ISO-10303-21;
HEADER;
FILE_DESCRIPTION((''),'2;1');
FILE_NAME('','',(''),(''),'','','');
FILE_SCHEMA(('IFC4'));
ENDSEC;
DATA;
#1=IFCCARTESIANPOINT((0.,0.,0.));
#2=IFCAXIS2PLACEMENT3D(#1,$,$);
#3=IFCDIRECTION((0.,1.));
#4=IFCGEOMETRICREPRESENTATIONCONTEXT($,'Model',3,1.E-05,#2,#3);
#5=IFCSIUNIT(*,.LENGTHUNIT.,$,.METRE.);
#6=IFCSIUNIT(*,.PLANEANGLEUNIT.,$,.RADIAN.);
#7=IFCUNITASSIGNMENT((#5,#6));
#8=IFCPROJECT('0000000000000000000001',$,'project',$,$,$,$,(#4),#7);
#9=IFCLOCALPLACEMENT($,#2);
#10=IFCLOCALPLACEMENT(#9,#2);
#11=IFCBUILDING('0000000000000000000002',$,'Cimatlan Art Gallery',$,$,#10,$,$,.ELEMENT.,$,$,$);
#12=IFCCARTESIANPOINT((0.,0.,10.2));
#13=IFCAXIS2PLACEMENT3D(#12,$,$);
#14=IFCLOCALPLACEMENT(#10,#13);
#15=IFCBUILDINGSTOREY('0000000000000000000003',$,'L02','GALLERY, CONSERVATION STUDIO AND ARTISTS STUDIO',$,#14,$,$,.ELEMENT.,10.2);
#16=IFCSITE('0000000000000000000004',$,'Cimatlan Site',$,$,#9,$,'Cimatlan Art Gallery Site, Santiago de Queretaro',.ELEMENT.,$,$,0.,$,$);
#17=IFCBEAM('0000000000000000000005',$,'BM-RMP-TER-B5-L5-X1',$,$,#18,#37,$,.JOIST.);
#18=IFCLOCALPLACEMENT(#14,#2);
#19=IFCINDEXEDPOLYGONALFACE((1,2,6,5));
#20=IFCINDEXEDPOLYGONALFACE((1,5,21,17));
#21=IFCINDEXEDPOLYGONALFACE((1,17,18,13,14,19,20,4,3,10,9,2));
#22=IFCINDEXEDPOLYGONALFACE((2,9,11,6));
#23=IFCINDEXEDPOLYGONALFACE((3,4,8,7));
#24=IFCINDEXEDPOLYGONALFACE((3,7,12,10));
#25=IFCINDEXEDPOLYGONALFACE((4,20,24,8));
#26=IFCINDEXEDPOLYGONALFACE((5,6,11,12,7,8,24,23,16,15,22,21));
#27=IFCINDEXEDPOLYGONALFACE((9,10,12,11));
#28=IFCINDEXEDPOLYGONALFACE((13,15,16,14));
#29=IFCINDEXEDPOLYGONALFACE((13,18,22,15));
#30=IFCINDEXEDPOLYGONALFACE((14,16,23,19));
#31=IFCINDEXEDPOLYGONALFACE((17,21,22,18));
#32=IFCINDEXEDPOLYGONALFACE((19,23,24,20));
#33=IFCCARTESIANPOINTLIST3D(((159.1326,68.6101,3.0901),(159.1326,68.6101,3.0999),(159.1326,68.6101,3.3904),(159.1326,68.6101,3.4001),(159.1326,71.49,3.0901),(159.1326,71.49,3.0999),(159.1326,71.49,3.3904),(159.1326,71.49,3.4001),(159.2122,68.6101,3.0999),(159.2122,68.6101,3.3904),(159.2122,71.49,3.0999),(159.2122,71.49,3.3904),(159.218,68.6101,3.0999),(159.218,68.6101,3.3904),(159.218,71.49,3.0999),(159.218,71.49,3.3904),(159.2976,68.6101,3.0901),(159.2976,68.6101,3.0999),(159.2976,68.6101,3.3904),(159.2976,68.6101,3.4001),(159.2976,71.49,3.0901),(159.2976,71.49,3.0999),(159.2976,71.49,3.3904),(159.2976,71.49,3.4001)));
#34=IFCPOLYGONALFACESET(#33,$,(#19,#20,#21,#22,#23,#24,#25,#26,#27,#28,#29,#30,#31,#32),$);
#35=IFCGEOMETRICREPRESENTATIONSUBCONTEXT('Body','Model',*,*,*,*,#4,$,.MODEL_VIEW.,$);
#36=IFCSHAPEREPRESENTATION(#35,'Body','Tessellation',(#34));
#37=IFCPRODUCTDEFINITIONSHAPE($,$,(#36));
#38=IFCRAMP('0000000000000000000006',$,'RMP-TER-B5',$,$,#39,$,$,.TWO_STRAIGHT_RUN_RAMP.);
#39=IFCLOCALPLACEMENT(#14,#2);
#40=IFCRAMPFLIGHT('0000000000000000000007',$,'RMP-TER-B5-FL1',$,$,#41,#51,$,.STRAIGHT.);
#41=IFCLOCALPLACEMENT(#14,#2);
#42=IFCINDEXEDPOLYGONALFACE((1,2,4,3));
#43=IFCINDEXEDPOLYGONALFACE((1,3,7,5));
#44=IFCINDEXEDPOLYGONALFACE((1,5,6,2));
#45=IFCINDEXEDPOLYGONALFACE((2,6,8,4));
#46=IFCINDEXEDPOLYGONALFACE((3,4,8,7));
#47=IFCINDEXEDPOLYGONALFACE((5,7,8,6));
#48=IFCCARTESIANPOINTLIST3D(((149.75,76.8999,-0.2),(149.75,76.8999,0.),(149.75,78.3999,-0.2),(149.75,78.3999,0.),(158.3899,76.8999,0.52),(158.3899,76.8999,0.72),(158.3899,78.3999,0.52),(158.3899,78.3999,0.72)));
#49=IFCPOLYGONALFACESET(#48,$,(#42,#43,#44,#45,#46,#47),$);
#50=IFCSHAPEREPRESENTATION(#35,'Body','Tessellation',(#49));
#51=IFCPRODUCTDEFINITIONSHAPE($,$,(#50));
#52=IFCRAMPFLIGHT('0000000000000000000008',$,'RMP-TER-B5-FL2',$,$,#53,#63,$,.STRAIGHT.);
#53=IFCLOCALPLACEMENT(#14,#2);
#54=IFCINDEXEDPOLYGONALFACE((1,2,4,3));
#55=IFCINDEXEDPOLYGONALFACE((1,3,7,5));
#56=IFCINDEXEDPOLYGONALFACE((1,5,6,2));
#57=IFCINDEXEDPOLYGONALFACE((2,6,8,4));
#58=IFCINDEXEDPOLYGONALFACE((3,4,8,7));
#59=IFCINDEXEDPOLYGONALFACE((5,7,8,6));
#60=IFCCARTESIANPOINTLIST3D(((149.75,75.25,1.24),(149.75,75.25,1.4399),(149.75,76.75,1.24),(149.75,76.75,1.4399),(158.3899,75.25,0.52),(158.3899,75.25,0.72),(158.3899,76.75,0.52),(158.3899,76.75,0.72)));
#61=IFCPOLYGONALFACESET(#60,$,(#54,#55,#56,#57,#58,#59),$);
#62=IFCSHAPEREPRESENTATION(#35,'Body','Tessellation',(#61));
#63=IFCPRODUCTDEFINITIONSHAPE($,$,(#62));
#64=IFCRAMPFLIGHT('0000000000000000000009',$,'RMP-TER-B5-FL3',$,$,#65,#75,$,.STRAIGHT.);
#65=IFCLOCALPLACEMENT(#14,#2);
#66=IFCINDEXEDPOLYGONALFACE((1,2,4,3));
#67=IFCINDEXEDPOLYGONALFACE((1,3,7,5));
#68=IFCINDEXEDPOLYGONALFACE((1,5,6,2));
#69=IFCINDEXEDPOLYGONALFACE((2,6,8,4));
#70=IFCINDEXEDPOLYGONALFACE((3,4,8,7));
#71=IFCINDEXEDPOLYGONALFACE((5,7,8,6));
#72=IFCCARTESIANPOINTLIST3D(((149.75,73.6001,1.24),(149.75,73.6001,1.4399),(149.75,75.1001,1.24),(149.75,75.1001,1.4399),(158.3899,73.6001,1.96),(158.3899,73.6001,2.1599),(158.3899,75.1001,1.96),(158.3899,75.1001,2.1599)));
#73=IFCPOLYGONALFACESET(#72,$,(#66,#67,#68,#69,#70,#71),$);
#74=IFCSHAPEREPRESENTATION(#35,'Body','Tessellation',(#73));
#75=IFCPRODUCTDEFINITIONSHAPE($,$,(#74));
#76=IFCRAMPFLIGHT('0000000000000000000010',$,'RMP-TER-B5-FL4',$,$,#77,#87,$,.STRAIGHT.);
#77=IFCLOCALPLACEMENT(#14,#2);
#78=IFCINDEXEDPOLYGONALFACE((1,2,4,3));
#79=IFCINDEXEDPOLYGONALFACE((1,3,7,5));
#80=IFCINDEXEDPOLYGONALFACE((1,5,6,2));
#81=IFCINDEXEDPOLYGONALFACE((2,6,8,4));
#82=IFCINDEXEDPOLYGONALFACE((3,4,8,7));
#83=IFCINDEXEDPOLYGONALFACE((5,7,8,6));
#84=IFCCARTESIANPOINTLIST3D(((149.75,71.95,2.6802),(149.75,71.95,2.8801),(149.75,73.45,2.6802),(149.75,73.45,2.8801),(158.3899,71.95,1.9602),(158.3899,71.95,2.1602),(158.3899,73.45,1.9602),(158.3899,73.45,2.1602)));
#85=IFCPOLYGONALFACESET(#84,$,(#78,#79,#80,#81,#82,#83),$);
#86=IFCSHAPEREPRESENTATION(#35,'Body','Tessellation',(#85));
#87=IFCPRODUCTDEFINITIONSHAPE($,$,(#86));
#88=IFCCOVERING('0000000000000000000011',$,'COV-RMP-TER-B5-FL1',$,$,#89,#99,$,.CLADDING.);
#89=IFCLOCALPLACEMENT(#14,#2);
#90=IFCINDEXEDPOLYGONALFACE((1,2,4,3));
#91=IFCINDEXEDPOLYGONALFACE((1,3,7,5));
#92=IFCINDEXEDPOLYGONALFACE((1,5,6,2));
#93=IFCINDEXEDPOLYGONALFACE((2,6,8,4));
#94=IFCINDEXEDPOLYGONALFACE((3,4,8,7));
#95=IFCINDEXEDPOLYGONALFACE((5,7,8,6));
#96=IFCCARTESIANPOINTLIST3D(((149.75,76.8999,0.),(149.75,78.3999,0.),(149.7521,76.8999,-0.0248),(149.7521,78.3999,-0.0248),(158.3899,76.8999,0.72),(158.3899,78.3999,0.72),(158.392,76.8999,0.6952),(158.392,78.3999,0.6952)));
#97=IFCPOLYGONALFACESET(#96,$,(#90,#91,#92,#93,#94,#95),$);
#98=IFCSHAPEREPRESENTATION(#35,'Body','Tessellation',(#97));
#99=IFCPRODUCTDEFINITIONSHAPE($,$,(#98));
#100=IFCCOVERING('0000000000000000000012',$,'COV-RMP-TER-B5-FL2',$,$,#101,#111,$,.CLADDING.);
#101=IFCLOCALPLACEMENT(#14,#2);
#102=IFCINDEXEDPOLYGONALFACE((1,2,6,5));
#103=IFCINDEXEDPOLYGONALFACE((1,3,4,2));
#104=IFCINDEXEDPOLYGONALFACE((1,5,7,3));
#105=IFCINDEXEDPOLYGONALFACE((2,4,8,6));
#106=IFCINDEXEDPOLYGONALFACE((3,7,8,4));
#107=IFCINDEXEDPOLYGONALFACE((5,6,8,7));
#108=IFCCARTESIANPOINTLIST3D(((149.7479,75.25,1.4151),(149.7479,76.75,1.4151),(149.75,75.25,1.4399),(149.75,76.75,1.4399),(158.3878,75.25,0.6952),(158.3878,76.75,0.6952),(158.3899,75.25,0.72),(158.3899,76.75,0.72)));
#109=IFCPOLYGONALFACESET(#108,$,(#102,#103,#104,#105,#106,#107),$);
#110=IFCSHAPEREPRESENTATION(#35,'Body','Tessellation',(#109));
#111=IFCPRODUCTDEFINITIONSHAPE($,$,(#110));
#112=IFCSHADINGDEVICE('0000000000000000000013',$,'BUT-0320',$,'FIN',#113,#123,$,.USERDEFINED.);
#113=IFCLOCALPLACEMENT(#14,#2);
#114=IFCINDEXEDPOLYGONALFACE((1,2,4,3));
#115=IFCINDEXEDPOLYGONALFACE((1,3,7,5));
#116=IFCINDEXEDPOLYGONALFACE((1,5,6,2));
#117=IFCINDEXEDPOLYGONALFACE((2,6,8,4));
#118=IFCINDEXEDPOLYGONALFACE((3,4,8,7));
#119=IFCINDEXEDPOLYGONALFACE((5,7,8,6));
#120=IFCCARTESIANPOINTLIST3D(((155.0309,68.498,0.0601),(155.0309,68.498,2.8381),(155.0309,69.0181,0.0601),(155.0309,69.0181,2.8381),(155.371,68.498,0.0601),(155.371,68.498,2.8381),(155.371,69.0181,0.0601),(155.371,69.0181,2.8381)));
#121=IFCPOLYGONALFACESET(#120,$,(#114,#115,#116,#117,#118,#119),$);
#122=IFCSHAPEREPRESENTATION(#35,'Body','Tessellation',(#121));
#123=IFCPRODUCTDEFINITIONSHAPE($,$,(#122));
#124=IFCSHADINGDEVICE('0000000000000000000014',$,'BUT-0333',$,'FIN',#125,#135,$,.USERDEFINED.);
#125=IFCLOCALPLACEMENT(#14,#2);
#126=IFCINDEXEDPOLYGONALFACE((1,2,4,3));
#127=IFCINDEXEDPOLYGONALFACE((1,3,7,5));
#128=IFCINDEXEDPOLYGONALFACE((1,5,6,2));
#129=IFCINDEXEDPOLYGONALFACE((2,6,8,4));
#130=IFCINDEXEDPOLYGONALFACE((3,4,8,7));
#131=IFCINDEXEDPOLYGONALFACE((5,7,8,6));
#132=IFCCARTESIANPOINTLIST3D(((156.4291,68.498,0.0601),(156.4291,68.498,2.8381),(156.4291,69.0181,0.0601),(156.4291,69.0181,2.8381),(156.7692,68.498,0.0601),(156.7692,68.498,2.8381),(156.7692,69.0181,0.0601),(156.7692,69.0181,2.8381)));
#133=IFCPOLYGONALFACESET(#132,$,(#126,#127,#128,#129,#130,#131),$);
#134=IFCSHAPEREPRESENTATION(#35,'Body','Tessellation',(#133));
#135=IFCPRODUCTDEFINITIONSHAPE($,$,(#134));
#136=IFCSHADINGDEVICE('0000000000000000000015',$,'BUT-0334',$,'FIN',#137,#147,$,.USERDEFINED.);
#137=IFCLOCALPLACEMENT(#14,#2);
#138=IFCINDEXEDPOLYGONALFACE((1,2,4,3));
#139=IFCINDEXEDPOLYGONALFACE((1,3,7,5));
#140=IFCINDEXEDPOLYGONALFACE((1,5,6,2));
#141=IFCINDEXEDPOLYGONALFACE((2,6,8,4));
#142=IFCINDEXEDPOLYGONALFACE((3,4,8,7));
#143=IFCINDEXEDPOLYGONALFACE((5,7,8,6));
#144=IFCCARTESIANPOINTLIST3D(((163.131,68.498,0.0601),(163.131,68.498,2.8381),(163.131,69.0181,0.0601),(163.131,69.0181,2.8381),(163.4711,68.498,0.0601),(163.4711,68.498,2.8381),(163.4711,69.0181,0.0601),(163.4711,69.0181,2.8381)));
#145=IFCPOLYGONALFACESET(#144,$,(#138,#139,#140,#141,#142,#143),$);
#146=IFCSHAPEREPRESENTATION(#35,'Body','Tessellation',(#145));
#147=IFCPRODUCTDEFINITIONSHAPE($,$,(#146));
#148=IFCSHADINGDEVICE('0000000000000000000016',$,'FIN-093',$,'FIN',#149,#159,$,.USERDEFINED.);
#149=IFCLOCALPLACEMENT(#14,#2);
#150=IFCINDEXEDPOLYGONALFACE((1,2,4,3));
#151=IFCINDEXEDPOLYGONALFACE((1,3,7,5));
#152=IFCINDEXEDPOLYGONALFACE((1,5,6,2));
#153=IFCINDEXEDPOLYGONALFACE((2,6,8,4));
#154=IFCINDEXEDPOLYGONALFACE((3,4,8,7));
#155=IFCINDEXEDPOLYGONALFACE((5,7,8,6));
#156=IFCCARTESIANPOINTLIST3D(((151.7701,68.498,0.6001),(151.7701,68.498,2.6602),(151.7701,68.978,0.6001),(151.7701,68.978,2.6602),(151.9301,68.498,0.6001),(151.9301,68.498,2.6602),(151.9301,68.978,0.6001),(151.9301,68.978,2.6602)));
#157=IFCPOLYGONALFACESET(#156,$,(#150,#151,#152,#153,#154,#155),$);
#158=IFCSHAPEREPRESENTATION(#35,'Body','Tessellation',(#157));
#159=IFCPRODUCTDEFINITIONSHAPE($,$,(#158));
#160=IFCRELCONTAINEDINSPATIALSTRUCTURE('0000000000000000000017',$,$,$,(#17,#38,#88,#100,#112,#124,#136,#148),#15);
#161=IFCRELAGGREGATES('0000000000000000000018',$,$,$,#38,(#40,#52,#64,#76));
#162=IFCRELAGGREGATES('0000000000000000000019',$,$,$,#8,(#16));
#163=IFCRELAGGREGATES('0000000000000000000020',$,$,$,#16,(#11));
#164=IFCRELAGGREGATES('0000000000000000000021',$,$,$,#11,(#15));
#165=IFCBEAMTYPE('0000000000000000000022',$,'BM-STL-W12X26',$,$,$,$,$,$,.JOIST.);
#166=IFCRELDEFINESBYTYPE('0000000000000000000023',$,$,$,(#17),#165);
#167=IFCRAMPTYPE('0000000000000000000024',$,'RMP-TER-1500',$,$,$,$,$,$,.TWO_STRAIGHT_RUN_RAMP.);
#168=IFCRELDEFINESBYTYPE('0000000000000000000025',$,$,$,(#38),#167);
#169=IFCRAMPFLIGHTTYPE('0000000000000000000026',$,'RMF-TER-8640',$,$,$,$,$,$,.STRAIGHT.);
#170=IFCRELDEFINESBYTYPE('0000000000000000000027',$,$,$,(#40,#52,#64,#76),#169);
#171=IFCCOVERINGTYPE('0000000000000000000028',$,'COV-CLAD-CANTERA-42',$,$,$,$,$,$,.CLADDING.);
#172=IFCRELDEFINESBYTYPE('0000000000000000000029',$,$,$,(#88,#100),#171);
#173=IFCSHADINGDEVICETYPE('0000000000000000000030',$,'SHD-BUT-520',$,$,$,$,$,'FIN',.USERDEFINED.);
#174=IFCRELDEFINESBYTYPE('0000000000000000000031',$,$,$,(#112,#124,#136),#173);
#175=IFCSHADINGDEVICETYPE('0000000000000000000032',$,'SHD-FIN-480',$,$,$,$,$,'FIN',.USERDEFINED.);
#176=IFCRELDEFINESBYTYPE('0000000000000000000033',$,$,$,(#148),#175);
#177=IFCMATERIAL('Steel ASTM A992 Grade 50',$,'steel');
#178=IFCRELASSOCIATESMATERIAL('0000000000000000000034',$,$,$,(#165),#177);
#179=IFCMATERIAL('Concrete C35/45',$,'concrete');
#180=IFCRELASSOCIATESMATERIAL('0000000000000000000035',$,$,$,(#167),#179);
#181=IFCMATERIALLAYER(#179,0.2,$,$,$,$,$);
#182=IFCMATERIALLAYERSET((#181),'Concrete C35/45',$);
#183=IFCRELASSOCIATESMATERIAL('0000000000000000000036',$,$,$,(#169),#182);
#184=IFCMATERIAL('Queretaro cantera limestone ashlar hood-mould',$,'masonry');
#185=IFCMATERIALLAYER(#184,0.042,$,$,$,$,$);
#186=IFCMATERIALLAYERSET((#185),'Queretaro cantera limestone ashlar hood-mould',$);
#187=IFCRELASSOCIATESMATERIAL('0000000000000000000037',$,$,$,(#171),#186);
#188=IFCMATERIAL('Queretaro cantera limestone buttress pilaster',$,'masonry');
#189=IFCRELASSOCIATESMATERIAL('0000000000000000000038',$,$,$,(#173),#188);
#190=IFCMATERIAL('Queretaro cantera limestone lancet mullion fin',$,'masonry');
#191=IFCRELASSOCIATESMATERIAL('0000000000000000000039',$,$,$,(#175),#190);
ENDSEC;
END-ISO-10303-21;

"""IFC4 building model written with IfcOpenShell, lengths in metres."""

from ifc_helpers import new_model, si_unit, direction, frame, origin, origin_2d, place, context, subcontext, project, spatial, polyline, rectangle, i_section, outline, extrude, material, layer, layer_set, material_profile, profile_set, type_object, element, aggregate, save


model = new_model("IFC4")

# Units and contexts
model_context = context("Model", 3, precision=1e-05, world=origin(), true_north=direction((0.0, 1.0)))
body_context = subcontext(model_context, "Body", "Model", "MODEL_VIEW")
ifc_project = project(units=[si_unit("LENGTHUNIT", "METRE"), si_unit("PLANEANGLEUNIT", "RADIAN")], contexts=[model_context])

# Site, building, storey
site_placement = place(None, origin())
site = spatial("IfcSite", under=ifc_project, at=site_placement, Name="Cimatlan Site", LongName="Cimatlan Art Gallery Site, Santiago de Queretaro", CompositionType="ELEMENT", RefElevation=0.0)
building_placement = place(site_placement, origin())
building = spatial("IfcBuilding", under=site, at=building_placement, Name="Cimatlan Art Gallery", CompositionType="ELEMENT")
storey_placement = place(building_placement, frame((0.0, 0.0, 10.2)))
storey = spatial("IfcBuildingStorey", under=building, at=storey_placement, Name="L02", Description="GALLERY, CONSERVATION STUDIO AND ARTISTS STUDIO", CompositionType="ELEMENT", Elevation=10.2)

# Shared definitions
ifc_material_1 = material(Name="Steel ASTM A992 Grade 50", Category="steel")

# Beam
ifc_material_profile_1 = material_profile(ifc_material_1, i_section(OverallWidth=0.165, OverallDepth=0.3101, WebThickness=0.0059, FlangeThickness=0.0098, at=origin_2d()), Name="W12X26")
ifc_profile_set_1 = profile_set([ifc_material_profile_1], Name="Steel ASTM A992 Grade 50")
beam_type = type_object("IfcBeamType", Name="BM-STL-W12X26", PredefinedType="JOIST", material=ifc_profile_set_1)
beam_1_placement = place(storey_placement, frame((159.2151, 68.6101, 3.2451), z_axis=(0.0, 1.0, 0.0), x_axis=(-1.0, 0.0, 0.0)))
element("IfcBeam", 1, at=beam_1_placement, inside=storey, type_object=beam_type, Name="BM-RMP-TER-B5-L5-X1", PredefinedType="JOIST", context=body_context, shape_type="SweptSolid", body=[
    extrude(i_section(OverallWidth=0.165, OverallDepth=0.3101, WebThickness=0.0059, FlangeThickness=0.0098, at=origin_2d()), origin(), (0.0, 0.0, 1.0), 2.8799),
])

# Ramp, ramp flights
ifc_material_2 = material(Name="Concrete C35/45", Category="concrete")
ramp_type = type_object("IfcRampType", Name="RMP-TER-1500", PredefinedType="TWO_STRAIGHT_RUN_RAMP", material=ifc_material_2)
ramp_placement = place(storey_placement, origin())
ramp = element("IfcRamp", 2, at=ramp_placement, inside=storey, type_object=ramp_type, Name="RMP-TER-B5", PredefinedType="TWO_STRAIGHT_RUN_RAMP")
ifc_layer_1 = layer(ifc_material_2, 0.2)
ifc_layer_set_1 = layer_set([ifc_layer_1], Name="Concrete C35/45")
ramp_flight_type = type_object("IfcRampFlightType", Name="RMF-TER-8640", PredefinedType="STRAIGHT", material=ifc_layer_set_1)
ramp_flight_1_placement = place(storey_placement, frame((149.75, 77.6499, 0.0), z_axis=(0.0, 0.0, 1.0), x_axis=(1.0, 0.0, 0.0)))
ramp_flight_1 = element("IfcRampFlight", 3, at=ramp_flight_1_placement, type_object=ramp_flight_type, Name="RMP-TER-B5-FL1", PredefinedType="STRAIGHT", context=body_context, shape_type="SweptSolid", body=[
    extrude(outline(polyline([(0.0, 0.0), (8.6399, 0.72), (8.6399, 0.52), (0.0, -0.2), (0.0, 0.0)])), frame((0.0, 0.75, 0.0), z_axis=(0.0, -1.0, 0.0), x_axis=(1.0, 0.0, 0.0)), (0.0, 0.0, 1.0), 1.5),
])
ramp_flight_2_placement = place(storey_placement, frame((158.3899, 76.0, 0.72), z_axis=(0.0, 0.0, 1.0), x_axis=(-1.0, 0.0, 0.0)))
ramp_flight_2 = element("IfcRampFlight", 4, at=ramp_flight_2_placement, type_object=ramp_flight_type, Name="RMP-TER-B5-FL2", PredefinedType="STRAIGHT", context=body_context, shape_type="SweptSolid", body=[
    extrude(outline(polyline([(0.0, 0.0), (8.6399, 0.72), (8.6399, 0.52), (0.0, -0.2), (0.0, 0.0)])), frame((0.0, 0.75, 0.0), z_axis=(0.0, -1.0, 0.0), x_axis=(1.0, 0.0, 0.0)), (0.0, 0.0, 1.0), 1.5),
])
ramp_flight_3_placement = place(storey_placement, frame((149.75, 74.3501, 1.4399), z_axis=(0.0, 0.0, 1.0), x_axis=(1.0, 0.0, 0.0)))
ramp_flight_3 = element("IfcRampFlight", 5, at=ramp_flight_3_placement, type_object=ramp_flight_type, Name="RMP-TER-B5-FL3", PredefinedType="STRAIGHT", context=body_context, shape_type="SweptSolid", body=[
    extrude(outline(polyline([(0.0, 0.0), (8.6399, 0.72), (8.6399, 0.52), (0.0, -0.2), (0.0, 0.0)])), frame((0.0, 0.75, 0.0), z_axis=(0.0, -1.0, 0.0), x_axis=(1.0, 0.0, 0.0)), (0.0, 0.0, 1.0), 1.5),
])
ramp_flight_4_placement = place(storey_placement, frame((158.3899, 72.7, 2.1602), z_axis=(0.0, 0.0, 1.0), x_axis=(-1.0, 0.0, 0.0)))
ramp_flight_4 = element("IfcRampFlight", 6, at=ramp_flight_4_placement, type_object=ramp_flight_type, Name="RMP-TER-B5-FL4", PredefinedType="STRAIGHT", context=body_context, shape_type="SweptSolid", body=[
    extrude(outline(polyline([(0.0, 0.0), (8.6399, 0.72), (8.6399, 0.52), (0.0, -0.2), (0.0, 0.0)])), frame((0.0, 0.75, 0.0), z_axis=(0.0, -1.0, 0.0), x_axis=(1.0, 0.0, 0.0)), (0.0, 0.0, 1.0), 1.5),
])
aggregate(ramp, [ramp_flight_1, ramp_flight_2, ramp_flight_3, ramp_flight_4])

# Coverings
ifc_material_3 = material(Name="Queretaro cantera limestone ashlar hood-mould", Category="masonry")
ifc_layer_2 = layer(ifc_material_3, 0.042)
ifc_layer_set_2 = layer_set([ifc_layer_2], Name="Queretaro cantera limestone ashlar hood-mould")
covering_type = type_object("IfcCoveringType", Name="COV-CLAD-CANTERA-42", PredefinedType="CLADDING", material=ifc_layer_set_2)
for number, where, z_axis, x_axis, name in (
    (7, (149.75, 76.8999, 0.0), (-0.083043, 0.0, 0.996546), (0.996546, 0.0, 0.083043), "COV-RMP-TER-B5-FL1"),
    (8, (149.75, 75.25, 1.4399), (0.083043, 0.0, 0.996546), (0.996546, 0.0, -0.083043), "COV-RMP-TER-B5-FL2"),
):
    element("IfcCovering", number, at=place(storey_placement, frame(where, z_axis=z_axis, x_axis=x_axis)), inside=storey, type_object=covering_type, Name=name, PredefinedType="CLADDING", context=body_context, shape_type="SweptSolid", body=[
        extrude(outline(polyline([(0.0, 0.0), (8.6698, 0.0), (8.6698, 1.5), (0.0, 1.5), (0.0, 0.0)])), origin(), (0.0, 0.0, -1.0), 0.0249),
    ])

# Shading devices
ifc_material_4 = material(Name="Queretaro cantera limestone buttress pilaster", Category="masonry")
shading_device_type_1 = type_object("IfcShadingDeviceType", Name="SHD-BUT-520", ElementType="FIN", PredefinedType="USERDEFINED", material=ifc_material_4)
for number, where, z_axis, x_axis, name in (
    (9, (155.2009, 68.7581, 0.0601), (0.0, 0.0, 1.0), (1.0, 0.0, 0.0), "BUT-0320"),
    (10, (156.5991, 68.7581, 0.0601), (0.0, 0.0, 1.0), (1.0, 0.0, 0.0), "BUT-0333"),
    (11, (163.301, 68.7581, 0.0601), (0.0, 0.0, 1.0), (1.0, 0.0, 0.0), "BUT-0334"),
):
    element("IfcShadingDevice", number, at=place(storey_placement, frame(where, z_axis=z_axis, x_axis=x_axis)), inside=storey, type_object=shading_device_type_1, Name=name, ObjectType="FIN", PredefinedType="USERDEFINED", context=body_context, shape_type="SweptSolid", body=[
        extrude(rectangle(XDim=0.3401, YDim=0.52, at=origin_2d()), origin(), (0.0, 0.0, 1.0), 2.7781),
    ])
ifc_material_5 = material(Name="Queretaro cantera limestone lancet mullion fin", Category="masonry")
shading_device_type_2 = type_object("IfcShadingDeviceType", Name="SHD-FIN-480", ElementType="FIN", PredefinedType="USERDEFINED", material=ifc_material_5)
shading_device_placement = place(storey_placement, frame((151.8501, 68.738, 0.6001), z_axis=(0.0, 0.0, 1.0), x_axis=(1.0, 0.0, 0.0)))
element("IfcShadingDevice", 12, at=shading_device_placement, inside=storey, type_object=shading_device_type_2, Name="FIN-093", ObjectType="FIN", PredefinedType="USERDEFINED", context=body_context, shape_type="SweptSolid", body=[
    extrude(rectangle(XDim=0.1599, YDim=0.48, at=origin_2d()), origin(), (0.0, 0.0, 1.0), 2.0601),
])

save(model, "model.ifc")
